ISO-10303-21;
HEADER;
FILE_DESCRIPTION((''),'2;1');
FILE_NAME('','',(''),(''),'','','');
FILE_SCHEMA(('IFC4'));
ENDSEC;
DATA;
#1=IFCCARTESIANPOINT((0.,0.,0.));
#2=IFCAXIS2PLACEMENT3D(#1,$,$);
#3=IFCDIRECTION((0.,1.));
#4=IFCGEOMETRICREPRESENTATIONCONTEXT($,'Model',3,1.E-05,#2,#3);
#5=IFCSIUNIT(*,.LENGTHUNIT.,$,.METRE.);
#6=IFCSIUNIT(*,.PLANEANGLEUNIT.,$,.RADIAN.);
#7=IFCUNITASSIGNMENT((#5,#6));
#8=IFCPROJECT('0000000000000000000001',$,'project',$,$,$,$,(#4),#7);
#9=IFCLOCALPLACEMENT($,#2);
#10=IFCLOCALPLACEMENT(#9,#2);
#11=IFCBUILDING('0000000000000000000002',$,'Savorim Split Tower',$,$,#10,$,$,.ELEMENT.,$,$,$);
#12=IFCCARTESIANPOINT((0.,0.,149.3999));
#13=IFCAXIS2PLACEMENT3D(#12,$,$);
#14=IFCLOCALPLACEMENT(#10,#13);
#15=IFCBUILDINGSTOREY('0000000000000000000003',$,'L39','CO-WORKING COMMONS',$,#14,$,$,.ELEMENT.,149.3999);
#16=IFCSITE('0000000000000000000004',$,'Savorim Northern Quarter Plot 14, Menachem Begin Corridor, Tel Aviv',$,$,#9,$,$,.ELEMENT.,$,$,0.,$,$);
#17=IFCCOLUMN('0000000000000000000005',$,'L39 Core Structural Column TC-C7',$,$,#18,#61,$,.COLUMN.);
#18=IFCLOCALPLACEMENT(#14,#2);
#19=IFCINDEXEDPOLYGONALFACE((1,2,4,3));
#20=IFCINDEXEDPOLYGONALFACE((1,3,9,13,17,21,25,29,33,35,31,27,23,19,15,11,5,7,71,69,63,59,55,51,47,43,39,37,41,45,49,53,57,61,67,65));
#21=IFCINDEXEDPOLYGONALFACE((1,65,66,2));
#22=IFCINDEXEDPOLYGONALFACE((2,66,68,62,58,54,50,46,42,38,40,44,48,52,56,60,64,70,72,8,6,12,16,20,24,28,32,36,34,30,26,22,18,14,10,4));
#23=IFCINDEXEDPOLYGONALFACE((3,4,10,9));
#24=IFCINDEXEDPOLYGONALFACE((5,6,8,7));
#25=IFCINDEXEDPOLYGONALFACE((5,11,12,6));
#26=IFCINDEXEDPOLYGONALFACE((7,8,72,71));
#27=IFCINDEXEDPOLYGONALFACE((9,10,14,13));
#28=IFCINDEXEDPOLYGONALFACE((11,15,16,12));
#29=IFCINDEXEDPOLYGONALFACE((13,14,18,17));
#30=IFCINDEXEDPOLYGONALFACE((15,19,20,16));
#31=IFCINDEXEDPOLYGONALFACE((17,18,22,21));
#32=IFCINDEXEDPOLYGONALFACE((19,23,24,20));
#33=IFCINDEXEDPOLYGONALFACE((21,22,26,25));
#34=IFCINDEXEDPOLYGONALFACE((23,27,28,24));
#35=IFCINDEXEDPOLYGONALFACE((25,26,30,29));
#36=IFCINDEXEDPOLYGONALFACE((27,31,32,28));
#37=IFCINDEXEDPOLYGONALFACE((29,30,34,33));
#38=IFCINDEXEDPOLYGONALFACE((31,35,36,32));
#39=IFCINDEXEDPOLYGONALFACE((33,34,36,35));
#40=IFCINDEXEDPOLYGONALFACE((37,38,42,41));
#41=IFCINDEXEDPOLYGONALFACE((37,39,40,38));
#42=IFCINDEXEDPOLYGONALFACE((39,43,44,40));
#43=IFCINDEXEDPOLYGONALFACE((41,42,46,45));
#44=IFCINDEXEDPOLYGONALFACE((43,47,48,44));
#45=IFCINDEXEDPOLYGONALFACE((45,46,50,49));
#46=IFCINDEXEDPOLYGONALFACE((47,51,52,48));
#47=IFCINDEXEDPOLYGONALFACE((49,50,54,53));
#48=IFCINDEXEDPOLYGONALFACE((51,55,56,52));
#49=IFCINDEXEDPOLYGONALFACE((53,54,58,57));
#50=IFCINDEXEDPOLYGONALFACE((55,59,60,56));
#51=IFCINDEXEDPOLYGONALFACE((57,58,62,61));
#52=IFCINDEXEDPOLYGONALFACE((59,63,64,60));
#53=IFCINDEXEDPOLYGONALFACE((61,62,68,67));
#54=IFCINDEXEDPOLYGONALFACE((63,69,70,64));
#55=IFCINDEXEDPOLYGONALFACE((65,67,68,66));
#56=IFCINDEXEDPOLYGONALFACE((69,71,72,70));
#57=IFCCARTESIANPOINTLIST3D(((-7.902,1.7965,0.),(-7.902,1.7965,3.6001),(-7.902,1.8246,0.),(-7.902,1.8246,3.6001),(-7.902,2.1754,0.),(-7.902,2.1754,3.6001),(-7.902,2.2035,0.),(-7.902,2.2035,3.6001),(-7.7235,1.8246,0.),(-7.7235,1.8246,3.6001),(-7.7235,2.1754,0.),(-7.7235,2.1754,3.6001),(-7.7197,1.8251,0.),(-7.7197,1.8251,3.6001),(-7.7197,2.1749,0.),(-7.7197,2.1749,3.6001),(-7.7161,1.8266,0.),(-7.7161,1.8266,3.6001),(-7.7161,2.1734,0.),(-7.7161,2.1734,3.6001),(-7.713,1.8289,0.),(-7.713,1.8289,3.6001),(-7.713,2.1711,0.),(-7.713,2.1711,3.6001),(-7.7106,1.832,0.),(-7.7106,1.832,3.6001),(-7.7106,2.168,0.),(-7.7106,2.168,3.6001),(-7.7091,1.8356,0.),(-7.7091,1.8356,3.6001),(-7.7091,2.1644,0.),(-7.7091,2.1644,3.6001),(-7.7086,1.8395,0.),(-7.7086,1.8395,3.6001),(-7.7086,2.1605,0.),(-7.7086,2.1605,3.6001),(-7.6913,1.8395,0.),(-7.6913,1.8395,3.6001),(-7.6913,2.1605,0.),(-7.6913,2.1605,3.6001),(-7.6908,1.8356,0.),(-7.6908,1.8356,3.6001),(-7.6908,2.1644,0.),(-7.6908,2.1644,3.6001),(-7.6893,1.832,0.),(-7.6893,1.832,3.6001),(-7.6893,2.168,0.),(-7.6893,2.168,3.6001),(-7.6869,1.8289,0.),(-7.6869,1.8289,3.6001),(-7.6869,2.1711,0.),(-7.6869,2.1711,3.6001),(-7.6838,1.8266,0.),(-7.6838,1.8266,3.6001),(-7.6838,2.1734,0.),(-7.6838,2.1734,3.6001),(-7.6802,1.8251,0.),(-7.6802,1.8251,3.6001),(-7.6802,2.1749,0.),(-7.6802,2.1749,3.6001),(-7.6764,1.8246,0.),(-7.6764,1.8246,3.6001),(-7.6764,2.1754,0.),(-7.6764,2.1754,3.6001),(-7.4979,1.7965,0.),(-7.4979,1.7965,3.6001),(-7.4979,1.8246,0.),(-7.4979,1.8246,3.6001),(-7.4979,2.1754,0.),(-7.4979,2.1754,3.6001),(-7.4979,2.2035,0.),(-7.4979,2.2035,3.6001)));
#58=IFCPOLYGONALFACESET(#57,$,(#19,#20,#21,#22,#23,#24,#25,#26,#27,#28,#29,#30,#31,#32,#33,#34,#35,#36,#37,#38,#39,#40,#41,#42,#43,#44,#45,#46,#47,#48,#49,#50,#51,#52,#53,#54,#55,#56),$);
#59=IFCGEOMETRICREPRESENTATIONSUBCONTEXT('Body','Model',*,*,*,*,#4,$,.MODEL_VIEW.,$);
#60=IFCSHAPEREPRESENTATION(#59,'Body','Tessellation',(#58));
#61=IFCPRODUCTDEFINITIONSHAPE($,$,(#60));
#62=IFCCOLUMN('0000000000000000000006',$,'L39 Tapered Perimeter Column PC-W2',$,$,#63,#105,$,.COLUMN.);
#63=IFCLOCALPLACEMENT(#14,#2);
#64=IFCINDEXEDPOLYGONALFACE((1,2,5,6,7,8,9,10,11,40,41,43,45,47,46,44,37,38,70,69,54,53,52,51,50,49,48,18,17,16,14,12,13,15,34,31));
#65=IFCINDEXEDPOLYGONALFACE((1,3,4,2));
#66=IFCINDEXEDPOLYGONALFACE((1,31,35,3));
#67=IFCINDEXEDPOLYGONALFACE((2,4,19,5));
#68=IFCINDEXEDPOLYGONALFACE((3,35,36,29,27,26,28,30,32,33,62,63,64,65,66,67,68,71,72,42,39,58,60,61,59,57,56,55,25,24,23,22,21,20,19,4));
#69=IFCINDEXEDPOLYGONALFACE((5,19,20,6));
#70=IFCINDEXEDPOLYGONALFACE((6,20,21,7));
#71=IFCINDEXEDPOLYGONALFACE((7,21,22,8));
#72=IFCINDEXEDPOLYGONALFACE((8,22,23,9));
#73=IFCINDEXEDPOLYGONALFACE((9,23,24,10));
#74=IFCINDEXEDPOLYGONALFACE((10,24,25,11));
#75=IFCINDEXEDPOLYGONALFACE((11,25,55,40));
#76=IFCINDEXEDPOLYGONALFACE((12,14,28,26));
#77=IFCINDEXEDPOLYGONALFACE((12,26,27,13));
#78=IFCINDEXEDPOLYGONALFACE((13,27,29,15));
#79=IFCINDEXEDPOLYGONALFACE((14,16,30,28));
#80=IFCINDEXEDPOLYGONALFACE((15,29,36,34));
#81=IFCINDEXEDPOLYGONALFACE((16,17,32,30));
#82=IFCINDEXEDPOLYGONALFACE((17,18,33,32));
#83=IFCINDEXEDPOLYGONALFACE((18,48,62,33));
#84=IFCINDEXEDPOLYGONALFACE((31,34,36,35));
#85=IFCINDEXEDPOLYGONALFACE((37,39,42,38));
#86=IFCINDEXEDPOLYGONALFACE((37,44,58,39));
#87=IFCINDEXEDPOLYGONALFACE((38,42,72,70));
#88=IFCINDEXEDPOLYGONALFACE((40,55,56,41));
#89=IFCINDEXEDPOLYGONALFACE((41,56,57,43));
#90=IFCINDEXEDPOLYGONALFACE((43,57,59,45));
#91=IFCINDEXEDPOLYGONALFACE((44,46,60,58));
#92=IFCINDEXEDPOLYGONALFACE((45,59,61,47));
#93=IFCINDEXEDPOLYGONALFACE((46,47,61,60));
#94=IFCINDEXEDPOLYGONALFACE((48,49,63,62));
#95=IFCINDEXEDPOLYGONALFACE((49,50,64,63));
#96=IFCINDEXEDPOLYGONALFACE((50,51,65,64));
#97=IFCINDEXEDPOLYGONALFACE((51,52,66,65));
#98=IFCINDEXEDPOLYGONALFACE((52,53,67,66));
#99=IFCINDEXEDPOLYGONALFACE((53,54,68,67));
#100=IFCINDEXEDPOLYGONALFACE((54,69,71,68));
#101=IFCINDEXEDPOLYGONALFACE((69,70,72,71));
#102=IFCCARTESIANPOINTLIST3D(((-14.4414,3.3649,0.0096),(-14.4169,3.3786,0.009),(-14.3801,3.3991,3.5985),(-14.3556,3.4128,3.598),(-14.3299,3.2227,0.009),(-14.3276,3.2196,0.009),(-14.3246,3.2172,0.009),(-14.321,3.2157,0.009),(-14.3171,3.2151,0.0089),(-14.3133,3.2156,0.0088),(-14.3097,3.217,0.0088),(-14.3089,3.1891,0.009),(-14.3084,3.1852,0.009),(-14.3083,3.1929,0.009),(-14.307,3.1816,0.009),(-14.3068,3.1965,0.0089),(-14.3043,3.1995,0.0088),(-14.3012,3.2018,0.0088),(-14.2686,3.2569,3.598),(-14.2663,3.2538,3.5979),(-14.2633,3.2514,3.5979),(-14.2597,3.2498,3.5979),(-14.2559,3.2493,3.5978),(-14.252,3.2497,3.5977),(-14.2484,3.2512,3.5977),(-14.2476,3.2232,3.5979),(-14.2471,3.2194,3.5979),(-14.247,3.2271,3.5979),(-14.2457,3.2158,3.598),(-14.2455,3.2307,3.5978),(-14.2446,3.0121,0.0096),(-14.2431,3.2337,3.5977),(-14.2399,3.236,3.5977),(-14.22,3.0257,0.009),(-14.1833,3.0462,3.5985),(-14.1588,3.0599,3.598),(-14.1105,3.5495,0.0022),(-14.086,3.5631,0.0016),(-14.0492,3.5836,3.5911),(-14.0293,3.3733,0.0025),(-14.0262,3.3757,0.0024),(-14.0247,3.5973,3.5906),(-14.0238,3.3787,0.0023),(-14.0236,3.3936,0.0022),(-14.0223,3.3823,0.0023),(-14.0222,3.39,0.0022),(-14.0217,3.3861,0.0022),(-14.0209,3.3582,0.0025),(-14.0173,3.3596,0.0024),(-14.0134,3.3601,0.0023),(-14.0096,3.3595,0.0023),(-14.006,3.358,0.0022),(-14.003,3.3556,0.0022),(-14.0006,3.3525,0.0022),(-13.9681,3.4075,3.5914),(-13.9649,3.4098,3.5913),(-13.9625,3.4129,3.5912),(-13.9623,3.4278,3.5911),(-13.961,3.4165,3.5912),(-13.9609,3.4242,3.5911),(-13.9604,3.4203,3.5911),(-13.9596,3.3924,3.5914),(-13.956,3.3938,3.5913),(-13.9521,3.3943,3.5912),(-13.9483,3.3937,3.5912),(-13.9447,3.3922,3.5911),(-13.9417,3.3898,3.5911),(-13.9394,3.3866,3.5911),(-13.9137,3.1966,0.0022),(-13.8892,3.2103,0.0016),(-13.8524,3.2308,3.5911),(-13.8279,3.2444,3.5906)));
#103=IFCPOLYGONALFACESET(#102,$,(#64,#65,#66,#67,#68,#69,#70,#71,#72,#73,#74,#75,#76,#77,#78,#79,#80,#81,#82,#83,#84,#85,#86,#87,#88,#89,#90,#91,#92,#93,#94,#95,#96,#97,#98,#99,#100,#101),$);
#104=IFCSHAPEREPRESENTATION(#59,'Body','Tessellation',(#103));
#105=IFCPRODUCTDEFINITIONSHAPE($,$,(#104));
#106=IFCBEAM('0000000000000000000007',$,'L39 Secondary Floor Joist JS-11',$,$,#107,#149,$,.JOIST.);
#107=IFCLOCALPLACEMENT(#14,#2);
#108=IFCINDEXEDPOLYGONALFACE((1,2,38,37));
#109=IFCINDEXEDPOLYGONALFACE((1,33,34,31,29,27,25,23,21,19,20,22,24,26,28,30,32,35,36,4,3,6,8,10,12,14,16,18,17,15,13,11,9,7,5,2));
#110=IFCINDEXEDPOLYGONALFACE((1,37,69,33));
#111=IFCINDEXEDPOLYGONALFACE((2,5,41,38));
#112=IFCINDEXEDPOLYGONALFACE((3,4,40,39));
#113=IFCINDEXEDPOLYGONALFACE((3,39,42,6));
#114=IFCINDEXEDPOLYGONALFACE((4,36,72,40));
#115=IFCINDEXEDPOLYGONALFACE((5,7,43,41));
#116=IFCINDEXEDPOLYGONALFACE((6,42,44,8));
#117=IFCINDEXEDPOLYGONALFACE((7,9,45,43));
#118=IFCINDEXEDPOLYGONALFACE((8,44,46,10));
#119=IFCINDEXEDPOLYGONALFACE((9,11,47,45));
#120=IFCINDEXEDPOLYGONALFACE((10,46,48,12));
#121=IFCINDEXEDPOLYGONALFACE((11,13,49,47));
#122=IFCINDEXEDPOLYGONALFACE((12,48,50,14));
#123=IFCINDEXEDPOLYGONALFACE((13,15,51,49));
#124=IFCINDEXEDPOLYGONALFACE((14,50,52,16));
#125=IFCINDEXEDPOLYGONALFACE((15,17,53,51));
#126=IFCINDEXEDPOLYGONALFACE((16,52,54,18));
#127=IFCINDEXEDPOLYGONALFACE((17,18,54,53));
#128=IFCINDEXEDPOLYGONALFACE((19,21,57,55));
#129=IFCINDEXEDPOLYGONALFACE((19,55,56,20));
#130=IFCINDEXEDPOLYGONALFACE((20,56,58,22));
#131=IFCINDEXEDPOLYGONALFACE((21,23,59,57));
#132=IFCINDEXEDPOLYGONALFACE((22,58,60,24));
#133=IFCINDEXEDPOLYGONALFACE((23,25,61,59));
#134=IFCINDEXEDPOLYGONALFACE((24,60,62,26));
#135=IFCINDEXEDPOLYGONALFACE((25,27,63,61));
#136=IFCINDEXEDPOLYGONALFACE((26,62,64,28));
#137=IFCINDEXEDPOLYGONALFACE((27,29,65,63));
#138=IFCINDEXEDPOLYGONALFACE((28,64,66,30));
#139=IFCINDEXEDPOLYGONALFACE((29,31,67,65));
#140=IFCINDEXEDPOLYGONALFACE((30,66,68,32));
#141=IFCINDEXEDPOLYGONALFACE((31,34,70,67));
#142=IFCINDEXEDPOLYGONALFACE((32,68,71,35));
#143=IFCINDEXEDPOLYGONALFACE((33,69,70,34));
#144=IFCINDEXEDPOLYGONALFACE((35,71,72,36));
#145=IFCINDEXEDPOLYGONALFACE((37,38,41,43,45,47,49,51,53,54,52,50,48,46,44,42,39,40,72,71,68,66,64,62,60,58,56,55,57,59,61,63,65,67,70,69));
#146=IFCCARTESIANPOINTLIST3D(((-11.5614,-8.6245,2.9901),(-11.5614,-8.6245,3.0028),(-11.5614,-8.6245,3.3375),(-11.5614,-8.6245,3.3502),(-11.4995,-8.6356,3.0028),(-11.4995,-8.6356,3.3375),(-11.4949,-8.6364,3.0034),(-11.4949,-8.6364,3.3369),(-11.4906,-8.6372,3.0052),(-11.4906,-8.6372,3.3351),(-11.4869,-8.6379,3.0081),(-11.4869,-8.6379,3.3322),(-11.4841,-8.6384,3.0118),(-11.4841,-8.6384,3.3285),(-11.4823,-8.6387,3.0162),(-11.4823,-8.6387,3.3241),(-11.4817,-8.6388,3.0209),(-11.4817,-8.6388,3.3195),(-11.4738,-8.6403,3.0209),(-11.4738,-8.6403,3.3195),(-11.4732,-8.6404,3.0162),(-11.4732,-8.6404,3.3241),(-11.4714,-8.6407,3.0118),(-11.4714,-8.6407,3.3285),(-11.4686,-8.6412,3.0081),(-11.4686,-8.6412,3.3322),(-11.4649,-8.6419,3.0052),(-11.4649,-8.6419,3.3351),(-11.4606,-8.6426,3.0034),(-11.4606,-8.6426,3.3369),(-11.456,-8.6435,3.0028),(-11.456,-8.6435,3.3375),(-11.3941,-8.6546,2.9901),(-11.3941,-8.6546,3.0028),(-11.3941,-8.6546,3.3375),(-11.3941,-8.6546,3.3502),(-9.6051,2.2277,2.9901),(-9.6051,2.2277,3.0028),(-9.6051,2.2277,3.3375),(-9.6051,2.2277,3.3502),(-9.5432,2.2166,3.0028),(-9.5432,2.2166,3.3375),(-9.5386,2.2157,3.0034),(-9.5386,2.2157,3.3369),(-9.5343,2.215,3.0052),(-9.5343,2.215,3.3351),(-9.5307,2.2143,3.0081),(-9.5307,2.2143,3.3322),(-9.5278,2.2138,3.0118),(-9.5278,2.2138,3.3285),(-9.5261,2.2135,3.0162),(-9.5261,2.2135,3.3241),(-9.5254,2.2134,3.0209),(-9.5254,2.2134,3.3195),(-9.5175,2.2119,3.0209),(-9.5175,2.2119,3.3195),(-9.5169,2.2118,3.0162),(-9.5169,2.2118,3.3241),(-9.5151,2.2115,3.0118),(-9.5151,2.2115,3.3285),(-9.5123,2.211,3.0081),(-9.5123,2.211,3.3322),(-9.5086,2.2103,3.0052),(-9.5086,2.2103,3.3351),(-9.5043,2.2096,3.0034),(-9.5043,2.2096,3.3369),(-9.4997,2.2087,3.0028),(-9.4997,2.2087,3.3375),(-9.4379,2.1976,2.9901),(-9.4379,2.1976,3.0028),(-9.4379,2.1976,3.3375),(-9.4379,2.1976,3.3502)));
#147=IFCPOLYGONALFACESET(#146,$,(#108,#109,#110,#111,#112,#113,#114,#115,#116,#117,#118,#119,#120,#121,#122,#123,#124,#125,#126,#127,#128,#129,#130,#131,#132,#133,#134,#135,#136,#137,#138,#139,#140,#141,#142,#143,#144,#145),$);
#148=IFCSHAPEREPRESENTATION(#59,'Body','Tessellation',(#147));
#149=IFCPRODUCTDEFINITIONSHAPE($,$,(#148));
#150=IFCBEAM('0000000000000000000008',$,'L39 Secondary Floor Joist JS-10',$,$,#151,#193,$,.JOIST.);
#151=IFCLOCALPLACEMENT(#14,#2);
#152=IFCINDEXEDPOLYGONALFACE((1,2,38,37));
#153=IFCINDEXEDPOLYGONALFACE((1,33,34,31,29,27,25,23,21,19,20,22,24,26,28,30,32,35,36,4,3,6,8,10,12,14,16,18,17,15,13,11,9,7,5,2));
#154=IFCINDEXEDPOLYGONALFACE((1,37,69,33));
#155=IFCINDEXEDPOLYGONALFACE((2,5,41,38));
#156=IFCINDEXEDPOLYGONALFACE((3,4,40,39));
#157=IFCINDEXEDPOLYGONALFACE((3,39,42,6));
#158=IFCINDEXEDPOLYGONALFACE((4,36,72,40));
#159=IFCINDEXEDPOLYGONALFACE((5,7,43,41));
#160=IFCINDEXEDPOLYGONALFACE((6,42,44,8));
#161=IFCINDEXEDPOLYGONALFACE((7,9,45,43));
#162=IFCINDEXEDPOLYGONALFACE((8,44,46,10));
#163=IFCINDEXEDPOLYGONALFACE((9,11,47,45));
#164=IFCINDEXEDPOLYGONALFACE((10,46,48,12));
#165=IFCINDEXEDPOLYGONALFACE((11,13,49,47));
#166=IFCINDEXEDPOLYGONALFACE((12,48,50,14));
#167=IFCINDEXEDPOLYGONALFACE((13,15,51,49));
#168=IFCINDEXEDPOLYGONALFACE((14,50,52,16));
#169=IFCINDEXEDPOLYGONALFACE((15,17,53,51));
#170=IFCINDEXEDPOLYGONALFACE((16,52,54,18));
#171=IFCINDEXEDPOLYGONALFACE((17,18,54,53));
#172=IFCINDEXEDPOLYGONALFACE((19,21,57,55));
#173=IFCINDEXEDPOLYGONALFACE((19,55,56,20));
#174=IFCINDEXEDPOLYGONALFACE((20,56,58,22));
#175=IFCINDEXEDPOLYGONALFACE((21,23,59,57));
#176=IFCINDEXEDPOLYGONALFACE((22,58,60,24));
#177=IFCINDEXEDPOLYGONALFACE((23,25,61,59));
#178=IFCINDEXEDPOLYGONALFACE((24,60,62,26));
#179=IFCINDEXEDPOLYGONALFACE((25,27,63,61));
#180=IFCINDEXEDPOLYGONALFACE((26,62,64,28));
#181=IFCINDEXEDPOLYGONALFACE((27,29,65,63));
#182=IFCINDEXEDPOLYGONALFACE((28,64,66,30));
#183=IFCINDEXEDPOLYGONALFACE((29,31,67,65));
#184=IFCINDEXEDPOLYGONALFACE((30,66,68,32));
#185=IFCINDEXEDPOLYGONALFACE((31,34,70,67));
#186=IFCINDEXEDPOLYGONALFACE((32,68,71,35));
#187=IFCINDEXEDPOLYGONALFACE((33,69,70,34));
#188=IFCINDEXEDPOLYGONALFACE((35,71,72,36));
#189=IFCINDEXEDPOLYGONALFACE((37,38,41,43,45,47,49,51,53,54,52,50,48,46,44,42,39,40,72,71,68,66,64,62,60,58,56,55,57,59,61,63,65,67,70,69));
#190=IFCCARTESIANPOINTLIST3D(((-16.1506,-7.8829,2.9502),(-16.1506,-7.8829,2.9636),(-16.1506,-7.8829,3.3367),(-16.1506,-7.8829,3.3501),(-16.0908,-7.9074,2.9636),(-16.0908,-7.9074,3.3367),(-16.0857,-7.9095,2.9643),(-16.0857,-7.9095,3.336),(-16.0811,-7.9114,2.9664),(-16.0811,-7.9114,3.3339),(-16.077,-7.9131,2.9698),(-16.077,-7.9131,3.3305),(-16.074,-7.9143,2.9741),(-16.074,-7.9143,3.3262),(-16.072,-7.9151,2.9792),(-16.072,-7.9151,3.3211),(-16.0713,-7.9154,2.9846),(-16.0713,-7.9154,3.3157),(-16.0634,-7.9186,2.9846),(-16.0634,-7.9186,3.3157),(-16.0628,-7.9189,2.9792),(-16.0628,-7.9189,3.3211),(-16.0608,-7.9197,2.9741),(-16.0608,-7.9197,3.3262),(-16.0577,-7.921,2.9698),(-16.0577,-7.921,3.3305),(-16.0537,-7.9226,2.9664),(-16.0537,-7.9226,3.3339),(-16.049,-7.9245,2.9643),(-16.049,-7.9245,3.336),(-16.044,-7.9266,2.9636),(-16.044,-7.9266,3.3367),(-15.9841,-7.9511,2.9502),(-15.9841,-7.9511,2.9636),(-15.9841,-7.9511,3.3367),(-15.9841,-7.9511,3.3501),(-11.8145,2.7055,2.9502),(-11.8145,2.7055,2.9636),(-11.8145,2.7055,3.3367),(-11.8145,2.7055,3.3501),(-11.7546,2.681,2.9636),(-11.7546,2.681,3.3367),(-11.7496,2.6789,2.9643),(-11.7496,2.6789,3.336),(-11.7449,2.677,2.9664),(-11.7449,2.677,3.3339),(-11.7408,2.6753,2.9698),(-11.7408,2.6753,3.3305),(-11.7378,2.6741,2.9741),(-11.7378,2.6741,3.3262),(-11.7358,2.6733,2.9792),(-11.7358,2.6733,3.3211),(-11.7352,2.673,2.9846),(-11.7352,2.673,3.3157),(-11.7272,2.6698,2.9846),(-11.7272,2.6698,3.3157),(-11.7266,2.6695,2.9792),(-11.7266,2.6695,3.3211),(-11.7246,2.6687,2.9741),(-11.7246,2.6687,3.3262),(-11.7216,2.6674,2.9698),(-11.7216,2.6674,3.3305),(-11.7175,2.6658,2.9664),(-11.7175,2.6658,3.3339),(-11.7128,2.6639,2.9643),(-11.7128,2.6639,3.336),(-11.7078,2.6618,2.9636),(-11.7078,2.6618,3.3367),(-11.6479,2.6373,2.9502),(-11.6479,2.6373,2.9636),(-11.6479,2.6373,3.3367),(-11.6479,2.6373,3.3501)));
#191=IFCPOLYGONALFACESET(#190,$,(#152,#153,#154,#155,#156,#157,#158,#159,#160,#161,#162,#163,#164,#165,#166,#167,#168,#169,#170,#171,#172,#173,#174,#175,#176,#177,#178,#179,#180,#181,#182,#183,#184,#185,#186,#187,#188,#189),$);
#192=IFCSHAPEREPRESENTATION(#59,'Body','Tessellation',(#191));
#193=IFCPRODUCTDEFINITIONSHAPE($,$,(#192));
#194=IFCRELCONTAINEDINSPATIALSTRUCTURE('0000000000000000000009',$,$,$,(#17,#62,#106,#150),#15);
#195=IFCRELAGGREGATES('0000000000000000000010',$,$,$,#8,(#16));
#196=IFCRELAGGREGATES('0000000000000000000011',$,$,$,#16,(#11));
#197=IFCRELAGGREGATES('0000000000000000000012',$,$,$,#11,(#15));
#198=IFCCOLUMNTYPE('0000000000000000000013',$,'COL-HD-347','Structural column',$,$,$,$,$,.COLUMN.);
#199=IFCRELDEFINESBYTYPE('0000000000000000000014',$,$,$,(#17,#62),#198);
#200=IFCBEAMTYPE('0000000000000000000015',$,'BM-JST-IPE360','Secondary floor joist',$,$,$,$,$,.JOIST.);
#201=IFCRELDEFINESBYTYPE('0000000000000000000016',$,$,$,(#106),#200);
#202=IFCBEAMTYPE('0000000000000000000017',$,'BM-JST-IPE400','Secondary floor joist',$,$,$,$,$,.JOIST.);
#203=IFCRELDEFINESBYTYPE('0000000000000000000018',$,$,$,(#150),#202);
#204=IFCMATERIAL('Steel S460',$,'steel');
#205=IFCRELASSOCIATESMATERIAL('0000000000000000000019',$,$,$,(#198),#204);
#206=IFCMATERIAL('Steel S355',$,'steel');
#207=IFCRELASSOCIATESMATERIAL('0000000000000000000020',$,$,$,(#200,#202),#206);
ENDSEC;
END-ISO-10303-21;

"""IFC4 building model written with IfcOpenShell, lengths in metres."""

from ifc_helpers import new_model, si_unit, direction, frame, origin, origin_2d, place, context, subcontext, project, spatial, i_section, extrude, material, material_profile, profile_set, type_object, element, save


model = new_model("IFC4")

# Units and contexts
model_context = context("Model", 3, precision=1e-05, world=origin(), true_north=direction((0.0, 1.0)))
body_context = subcontext(model_context, "Body", "Model", "MODEL_VIEW")
ifc_project = project(units=[si_unit("LENGTHUNIT", "METRE"), si_unit("PLANEANGLEUNIT", "RADIAN")], contexts=[model_context])

# Site, building, storey
site_placement = place(None, origin())
site = spatial("IfcSite", under=ifc_project, at=site_placement, Name="Savorim Northern Quarter Plot 14, Menachem Begin Corridor, Tel Aviv", CompositionType="ELEMENT", RefElevation=0.0)
building_placement = place(site_placement, origin())
building = spatial("IfcBuilding", under=site, at=building_placement, Name="Savorim Split Tower", CompositionType="ELEMENT")
storey_placement = place(building_placement, frame((0.0, 0.0, 149.3999)))
storey = spatial("IfcBuildingStorey", under=building, at=storey_placement, Name="L39", Description="CO-WORKING COMMONS", CompositionType="ELEMENT", Elevation=149.3999)

# Columns
ifc_material_1 = material(Name="Steel S460", Category="steel")
ifc_material_profile_1 = material_profile(ifc_material_1, i_section(OverallWidth=0.4041, OverallDepth=0.407, WebThickness=0.0173, FlangeThickness=0.0281, FilletRadius=0.0149, at=origin_2d()), Name="HD 400x347")
ifc_profile_set_1 = profile_set([ifc_material_profile_1], Name="Steel S460")
column_type = type_object("IfcColumnType", Name="COL-HD-347", Description="Structural column", PredefinedType="COLUMN", material=ifc_profile_set_1)
column_1_placement = place(storey_placement, frame((-7.7, 2.0, 0.0), z_axis=(0.0, 0.0, 1.0), x_axis=(1.0, 0.0, 0.0)))
element("IfcColumn", 1, at=column_1_placement, inside=storey, type_object=column_type, Name="L39 Core Structural Column TC-C7", PredefinedType="COLUMN", context=body_context, shape_type="SweptSolid", body=[
    extrude(i_section(OverallWidth=0.4041, OverallDepth=0.407, WebThickness=0.0173, FlangeThickness=0.0281, FilletRadius=0.0149, at=origin_2d()), origin(), (0.0, 0.0, 1.0), 3.6001),
])
column_2_placement = place(storey_placement, frame((-14.1653, 3.2876, 0.0056), z_axis=(0.017072, 0.009522, 0.999809), x_axis=(-0.487119, 0.873335, 0.0)))
element("IfcColumn", 2, at=column_2_placement, inside=storey, type_object=column_type, Name="L39 Tapered Perimeter Column PC-W2", PredefinedType="COLUMN", context=body_context, shape_type="SweptSolid", body=[
    extrude(i_section(OverallWidth=0.4041, OverallDepth=0.407, WebThickness=0.0173, FlangeThickness=0.0281, FilletRadius=0.0149, at=origin_2d()), origin(), (0.0, 0.0, 1.0), 3.5896),
])

# Beams
ifc_material_2 = material(Name="Steel S355", Category="steel")
ifc_material_profile_2 = material_profile(ifc_material_2, i_section(OverallWidth=0.1699, OverallDepth=0.3601, WebThickness=0.0081, FlangeThickness=0.0127, FilletRadius=0.0181, at=origin_2d()), Name="IPE 360")
ifc_profile_set_2 = profile_set([ifc_material_profile_2], Name="Steel S355")
beam_type_1 = type_object("IfcBeamType", Name="BM-JST-IPE360", Description="Secondary floor joist", PredefinedType="JOIST", material=ifc_profile_set_2)
beam_1_placement = place(storey_placement, frame((-9.5215, 2.2126, 3.1702), z_axis=(-0.177406, -0.984138, 0.0), x_axis=(0.984138, -0.177406, 0.0)))
element("IfcBeam", 3, at=beam_1_placement, inside=storey, type_object=beam_type_1, Name="L39 Secondary Floor Joist JS-11", PredefinedType="JOIST", context=body_context, shape_type="SweptSolid", body=[
    extrude(i_section(OverallWidth=0.1699, OverallDepth=0.3601, WebThickness=0.0081, FlangeThickness=0.0127, FilletRadius=0.0181, at=origin_2d()), origin(), (0.0, 0.0, 1.0), 11.0271),
])
ifc_material_profile_3 = material_profile(ifc_material_2, i_section(OverallWidth=0.1799, OverallDepth=0.3999, WebThickness=0.0085, FlangeThickness=0.0134, FilletRadius=0.021, at=origin_2d()), Name="IPE 400")
ifc_profile_set_3 = profile_set([ifc_material_profile_3], Name="Steel S355")
beam_type_2 = type_object("IfcBeamType", Name="BM-JST-IPE400", Description="Secondary floor joist", PredefinedType="JOIST", material=ifc_profile_set_3)
beam_2_placement = place(storey_placement, frame((-11.7312, 2.6714, 3.1501), z_axis=(-0.378975, -0.925407, 0.0), x_axis=(0.925407, -0.378975, 0.0)))
element("IfcBeam", 4, at=beam_2_placement, inside=storey, type_object=beam_type_2, Name="L39 Secondary Floor Joist JS-10", PredefinedType="JOIST", context=body_context, shape_type="SweptSolid", body=[
    extrude(i_section(OverallWidth=0.1799, OverallDepth=0.3999, WebThickness=0.0085, FlangeThickness=0.0134, FilletRadius=0.021, at=origin_2d()), origin(), (0.0, 0.0, 1.0), 11.4419),
])

save(model, "model.ifc")
